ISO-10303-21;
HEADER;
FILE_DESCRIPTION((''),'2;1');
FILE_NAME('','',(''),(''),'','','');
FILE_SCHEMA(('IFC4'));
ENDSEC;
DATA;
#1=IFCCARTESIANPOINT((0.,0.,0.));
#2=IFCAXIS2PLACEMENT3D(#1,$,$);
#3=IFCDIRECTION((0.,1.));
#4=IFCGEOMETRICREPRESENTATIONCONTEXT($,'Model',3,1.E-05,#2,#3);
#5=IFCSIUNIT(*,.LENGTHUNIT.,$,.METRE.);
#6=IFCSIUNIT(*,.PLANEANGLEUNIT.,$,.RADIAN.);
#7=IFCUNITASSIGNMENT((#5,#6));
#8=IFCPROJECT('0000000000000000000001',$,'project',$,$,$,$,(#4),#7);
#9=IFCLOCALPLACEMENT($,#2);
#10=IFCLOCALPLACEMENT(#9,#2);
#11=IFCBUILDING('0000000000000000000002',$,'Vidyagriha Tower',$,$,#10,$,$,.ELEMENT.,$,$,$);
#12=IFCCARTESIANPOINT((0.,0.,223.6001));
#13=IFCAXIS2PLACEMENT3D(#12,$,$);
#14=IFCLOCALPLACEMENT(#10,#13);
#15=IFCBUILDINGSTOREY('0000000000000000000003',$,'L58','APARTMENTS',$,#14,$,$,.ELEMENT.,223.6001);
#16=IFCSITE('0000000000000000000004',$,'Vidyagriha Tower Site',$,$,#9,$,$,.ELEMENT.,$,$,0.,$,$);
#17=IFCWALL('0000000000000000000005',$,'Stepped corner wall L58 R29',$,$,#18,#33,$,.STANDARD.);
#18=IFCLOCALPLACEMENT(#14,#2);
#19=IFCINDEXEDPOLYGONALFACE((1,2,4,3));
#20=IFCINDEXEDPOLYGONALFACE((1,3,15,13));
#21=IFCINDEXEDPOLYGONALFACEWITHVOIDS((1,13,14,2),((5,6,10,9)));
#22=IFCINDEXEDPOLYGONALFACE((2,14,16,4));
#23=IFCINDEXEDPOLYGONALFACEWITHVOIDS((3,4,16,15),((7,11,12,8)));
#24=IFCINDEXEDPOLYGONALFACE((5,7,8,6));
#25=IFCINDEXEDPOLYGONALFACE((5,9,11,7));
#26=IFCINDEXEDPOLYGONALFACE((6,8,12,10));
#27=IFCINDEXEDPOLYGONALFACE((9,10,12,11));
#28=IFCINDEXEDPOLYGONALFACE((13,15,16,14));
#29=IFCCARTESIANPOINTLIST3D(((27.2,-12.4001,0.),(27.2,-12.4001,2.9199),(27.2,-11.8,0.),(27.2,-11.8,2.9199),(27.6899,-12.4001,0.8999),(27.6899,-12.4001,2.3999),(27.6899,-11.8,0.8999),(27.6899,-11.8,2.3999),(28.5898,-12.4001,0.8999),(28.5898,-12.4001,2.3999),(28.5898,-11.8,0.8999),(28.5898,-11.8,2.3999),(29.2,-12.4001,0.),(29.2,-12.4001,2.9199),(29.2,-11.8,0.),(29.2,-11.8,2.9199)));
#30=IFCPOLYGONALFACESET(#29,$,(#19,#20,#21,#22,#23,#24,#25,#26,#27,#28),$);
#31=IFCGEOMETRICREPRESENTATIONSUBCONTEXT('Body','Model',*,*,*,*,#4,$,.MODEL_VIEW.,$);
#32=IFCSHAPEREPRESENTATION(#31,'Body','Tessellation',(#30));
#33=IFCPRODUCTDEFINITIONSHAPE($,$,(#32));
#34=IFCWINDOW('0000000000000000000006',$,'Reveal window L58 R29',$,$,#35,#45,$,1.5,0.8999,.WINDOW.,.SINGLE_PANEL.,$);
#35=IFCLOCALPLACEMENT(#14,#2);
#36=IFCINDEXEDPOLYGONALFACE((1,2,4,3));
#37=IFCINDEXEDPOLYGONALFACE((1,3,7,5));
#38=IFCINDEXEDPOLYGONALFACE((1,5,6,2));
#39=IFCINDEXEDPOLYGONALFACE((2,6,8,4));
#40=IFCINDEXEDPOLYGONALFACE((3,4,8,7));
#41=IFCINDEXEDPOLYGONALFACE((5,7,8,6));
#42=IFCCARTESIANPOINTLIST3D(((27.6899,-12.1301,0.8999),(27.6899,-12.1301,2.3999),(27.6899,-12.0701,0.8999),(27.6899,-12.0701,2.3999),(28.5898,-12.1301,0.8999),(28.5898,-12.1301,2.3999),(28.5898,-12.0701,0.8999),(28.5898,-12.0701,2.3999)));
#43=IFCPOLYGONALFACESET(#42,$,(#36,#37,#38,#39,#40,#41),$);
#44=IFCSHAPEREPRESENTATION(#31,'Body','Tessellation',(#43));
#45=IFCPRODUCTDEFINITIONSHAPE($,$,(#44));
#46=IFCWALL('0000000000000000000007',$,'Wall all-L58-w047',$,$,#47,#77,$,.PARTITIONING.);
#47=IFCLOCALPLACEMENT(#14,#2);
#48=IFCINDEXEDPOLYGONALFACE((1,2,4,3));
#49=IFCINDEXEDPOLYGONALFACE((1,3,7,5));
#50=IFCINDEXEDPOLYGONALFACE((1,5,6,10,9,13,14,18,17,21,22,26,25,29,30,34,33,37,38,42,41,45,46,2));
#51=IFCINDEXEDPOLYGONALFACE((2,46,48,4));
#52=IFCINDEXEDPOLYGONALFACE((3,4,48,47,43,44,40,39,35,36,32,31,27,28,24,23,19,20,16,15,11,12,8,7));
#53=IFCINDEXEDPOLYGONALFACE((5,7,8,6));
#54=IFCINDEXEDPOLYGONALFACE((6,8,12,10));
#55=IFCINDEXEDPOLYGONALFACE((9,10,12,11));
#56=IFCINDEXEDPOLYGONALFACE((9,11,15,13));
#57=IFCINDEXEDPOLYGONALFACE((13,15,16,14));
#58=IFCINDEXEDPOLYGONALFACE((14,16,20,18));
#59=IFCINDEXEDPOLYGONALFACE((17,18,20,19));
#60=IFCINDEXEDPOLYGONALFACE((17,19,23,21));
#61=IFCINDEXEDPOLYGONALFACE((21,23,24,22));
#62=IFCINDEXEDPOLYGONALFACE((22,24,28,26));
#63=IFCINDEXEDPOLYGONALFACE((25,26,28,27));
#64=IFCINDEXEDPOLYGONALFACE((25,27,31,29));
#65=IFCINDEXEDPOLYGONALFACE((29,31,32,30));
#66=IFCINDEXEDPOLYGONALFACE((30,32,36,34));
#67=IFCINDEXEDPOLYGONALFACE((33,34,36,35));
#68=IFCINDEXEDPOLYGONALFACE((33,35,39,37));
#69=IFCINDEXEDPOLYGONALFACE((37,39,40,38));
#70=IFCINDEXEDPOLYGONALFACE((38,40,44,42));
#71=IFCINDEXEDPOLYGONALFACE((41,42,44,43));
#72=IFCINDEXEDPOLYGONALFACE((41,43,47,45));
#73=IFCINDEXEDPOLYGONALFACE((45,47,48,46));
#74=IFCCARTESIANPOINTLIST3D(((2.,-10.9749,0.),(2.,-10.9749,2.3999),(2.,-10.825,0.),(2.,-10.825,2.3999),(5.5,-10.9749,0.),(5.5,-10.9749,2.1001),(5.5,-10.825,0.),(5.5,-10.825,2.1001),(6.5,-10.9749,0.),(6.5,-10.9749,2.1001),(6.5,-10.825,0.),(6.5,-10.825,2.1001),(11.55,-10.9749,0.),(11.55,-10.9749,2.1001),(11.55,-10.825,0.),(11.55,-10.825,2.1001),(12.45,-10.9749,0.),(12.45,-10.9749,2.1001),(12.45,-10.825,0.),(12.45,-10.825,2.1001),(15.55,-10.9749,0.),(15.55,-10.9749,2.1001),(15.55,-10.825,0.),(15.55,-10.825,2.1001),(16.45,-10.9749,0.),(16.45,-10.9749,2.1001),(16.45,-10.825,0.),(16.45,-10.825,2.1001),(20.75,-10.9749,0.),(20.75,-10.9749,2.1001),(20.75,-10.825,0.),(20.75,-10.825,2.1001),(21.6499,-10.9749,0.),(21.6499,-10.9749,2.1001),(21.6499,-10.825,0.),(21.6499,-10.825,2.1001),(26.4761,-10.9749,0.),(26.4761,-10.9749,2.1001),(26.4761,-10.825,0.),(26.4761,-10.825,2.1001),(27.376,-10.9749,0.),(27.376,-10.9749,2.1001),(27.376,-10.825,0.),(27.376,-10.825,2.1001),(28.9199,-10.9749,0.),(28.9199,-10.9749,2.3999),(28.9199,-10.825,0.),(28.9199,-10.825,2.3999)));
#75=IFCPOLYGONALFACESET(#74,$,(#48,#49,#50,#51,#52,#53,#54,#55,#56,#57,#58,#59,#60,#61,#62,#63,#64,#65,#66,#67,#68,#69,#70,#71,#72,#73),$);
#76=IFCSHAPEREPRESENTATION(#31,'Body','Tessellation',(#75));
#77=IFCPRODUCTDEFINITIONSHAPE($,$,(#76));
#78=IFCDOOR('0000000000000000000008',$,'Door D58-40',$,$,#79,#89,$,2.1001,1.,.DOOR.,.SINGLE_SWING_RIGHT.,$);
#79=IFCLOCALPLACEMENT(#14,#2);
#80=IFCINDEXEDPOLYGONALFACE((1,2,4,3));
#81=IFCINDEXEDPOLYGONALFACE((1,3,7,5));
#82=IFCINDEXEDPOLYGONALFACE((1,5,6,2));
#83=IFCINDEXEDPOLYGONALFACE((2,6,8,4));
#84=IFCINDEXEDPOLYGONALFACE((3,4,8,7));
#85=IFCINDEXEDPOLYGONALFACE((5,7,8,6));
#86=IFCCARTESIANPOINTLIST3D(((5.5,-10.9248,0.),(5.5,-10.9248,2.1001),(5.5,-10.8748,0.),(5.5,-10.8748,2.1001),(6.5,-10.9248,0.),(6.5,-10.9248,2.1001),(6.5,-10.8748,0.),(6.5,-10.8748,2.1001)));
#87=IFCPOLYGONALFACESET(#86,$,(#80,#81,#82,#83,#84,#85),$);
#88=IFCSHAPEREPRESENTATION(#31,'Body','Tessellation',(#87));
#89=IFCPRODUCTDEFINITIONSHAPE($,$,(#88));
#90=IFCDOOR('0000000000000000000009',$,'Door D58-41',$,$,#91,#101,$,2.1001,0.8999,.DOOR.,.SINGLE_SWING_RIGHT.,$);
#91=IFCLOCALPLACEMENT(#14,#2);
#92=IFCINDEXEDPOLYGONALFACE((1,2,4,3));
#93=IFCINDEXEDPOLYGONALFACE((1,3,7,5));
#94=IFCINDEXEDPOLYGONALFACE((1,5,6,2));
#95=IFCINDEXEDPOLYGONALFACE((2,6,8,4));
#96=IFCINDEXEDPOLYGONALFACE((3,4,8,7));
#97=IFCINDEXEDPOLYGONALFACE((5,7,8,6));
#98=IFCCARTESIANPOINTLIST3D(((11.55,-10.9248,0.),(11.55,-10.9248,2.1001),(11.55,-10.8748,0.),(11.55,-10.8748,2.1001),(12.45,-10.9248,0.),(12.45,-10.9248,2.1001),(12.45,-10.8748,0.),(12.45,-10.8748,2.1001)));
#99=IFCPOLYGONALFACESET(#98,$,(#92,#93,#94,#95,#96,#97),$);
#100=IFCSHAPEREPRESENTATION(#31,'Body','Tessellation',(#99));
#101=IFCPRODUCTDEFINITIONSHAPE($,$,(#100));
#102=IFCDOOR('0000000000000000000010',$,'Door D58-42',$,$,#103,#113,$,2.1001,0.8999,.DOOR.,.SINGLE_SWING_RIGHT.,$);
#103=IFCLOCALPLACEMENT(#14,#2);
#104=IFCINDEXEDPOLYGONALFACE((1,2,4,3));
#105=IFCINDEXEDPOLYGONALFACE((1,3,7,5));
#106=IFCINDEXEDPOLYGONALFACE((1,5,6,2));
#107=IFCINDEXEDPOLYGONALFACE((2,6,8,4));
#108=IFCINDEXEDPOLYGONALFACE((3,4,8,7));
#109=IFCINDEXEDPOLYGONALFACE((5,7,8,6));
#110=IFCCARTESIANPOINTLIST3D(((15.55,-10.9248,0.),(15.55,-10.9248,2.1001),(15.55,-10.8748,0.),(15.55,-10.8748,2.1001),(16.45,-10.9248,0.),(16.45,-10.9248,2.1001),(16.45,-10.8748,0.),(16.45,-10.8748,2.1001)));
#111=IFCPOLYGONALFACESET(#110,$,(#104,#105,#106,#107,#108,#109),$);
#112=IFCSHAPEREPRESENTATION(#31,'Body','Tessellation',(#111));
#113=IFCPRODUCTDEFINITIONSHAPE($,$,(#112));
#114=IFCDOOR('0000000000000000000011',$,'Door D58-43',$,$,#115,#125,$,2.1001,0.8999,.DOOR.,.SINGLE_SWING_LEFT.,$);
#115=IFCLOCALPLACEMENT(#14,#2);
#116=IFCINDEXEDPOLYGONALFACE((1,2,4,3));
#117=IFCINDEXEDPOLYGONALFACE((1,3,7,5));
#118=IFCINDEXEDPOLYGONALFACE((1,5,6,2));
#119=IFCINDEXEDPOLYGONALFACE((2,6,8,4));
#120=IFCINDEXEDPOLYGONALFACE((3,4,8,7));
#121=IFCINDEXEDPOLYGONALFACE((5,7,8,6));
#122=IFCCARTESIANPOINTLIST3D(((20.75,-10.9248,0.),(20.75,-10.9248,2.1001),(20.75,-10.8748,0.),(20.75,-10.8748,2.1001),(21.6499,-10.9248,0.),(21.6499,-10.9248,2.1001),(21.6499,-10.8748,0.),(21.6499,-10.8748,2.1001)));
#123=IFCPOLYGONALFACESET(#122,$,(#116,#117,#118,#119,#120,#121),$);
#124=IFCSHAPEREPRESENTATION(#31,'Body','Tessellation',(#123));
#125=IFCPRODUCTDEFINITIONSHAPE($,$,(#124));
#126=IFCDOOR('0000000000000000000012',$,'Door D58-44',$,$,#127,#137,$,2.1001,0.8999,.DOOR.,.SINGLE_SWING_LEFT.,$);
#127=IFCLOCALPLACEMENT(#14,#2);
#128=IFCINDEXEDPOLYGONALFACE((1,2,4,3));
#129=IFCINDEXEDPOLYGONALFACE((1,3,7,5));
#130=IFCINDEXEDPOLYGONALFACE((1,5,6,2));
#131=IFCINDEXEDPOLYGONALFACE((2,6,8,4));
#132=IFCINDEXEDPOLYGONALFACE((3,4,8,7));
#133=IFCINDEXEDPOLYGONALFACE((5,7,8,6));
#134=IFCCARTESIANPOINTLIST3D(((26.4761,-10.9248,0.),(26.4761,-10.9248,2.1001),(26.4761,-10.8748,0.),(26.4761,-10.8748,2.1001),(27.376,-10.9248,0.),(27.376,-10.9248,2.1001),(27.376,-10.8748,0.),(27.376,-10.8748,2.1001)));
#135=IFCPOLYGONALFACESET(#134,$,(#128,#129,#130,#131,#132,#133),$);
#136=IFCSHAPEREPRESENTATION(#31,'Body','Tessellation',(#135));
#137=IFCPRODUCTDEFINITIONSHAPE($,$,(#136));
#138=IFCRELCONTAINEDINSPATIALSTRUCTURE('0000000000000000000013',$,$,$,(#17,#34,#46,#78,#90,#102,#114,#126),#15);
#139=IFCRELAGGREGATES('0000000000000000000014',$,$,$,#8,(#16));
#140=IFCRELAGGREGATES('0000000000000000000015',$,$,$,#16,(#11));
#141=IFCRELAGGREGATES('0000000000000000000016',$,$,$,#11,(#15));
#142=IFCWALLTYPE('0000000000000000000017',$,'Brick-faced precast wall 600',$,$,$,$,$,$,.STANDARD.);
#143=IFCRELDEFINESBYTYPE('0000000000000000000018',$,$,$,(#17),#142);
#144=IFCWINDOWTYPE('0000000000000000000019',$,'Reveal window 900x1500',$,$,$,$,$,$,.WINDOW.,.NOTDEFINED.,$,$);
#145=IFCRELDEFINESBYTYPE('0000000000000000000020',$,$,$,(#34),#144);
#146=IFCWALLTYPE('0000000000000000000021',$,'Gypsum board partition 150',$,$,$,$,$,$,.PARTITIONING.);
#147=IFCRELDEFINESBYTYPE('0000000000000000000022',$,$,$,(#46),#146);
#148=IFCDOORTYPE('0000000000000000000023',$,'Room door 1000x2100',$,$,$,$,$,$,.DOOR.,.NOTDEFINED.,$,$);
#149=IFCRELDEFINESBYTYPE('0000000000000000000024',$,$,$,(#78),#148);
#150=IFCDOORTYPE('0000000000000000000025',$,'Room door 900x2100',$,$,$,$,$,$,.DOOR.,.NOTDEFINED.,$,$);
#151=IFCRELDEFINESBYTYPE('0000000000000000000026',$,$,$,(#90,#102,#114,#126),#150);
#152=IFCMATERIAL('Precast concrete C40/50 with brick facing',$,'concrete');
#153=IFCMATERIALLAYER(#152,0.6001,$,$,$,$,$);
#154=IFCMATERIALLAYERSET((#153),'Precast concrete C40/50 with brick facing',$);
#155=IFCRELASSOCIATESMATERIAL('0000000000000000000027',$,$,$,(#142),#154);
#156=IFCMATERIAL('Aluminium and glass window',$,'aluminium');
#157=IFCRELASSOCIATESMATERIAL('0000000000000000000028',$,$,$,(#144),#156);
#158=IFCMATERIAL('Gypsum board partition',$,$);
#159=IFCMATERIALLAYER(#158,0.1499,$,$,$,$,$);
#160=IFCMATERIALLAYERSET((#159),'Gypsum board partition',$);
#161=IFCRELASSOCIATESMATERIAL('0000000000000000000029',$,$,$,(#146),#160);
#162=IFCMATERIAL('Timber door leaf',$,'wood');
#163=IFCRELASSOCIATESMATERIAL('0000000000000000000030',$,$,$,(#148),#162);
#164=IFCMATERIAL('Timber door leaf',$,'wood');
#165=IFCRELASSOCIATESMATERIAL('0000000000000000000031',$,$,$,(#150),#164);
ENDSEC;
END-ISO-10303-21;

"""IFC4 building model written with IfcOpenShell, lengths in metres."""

from ifc_helpers import new_model, si_unit, direction, frame, frame_2d, origin, place, context, subcontext, project, spatial, rectangle, extrude, material, layer, layer_set, type_object, element, fill, save


model = new_model("IFC4")

# Units and contexts
model_context = context("Model", 3, precision=1e-05, world=origin(), true_north=direction((0.0, 1.0)))
body_context = subcontext(model_context, "Body", "Model", "MODEL_VIEW")
ifc_project = project(units=[si_unit("LENGTHUNIT", "METRE"), si_unit("PLANEANGLEUNIT", "RADIAN")], contexts=[model_context])

# Site, building, storey
site_placement = place(None, origin())
site = spatial("IfcSite", under=ifc_project, at=site_placement, Name="Vidyagriha Tower Site", CompositionType="ELEMENT", RefElevation=0.0)
building_placement = place(site_placement, origin())
building = spatial("IfcBuilding", under=site, at=building_placement, Name="Vidyagriha Tower", CompositionType="ELEMENT")
storey_placement = place(building_placement, frame((0.0, 0.0, 223.6001)))
storey = spatial("IfcBuildingStorey", under=building, at=storey_placement, Name="L58", Description="APARTMENTS", CompositionType="ELEMENT", Elevation=223.6001)

# Shared definitions
ifc_material_1 = material(Name="Precast concrete C40/50 with brick facing", Category="concrete")
ifc_layer_1 = layer(ifc_material_1, 0.6001)
ifc_layer_set_1 = layer_set([ifc_layer_1], Name="Precast concrete C40/50 with brick facing")
wall_type_1 = type_object("IfcWallType", Name="Brick-faced precast wall 600", PredefinedType="STANDARD", material=ifc_layer_set_1)

# Shared definitions
ifc_material_2 = material(Name="Aluminium and glass window", Category="aluminium")
window_type = type_object("IfcWindowType", Name="Reveal window 900x1500", PartitioningType="NOTDEFINED", PredefinedType="WINDOW", material=ifc_material_2)

# Wall, opening, window
wall_1_placement = place(storey_placement, frame((27.2, -12.1001, 0.0)))
wall_1 = element("IfcWall", 1, at=wall_1_placement, inside=storey, type_object=wall_type_1, Name="Stepped corner wall L58 R29", PredefinedType="STANDARD", context=body_context, shape_type="SweptSolid", body=[
    extrude(rectangle(XDim=2.0, YDim=0.6001, at=frame_2d((1.0, 0.0))), origin(), (0.0, 0.0, 1.0), 2.9199),
])
opening_1_placement = place(wall_1_placement, frame((0.49, 0.0, 0.8999)))
opening_1 = element("IfcOpeningElement", 2, at=opening_1_placement, cuts=wall_1, PredefinedType="OPENING", context=body_context, shape_type="SweptSolid", body=[
    extrude(rectangle(XDim=0.8999, YDim=1.5, at=frame_2d((0.45, 0.75))), frame((0.0, 0.3101, 0.0), z_axis=(0.0, -1.0, 0.0), x_axis=(1.0, 0.0, 0.0)), (0.0, 0.0, 1.0), 0.6201),
])
window_1_placement = place(opening_1_placement, origin())
window_1 = element("IfcWindow", 3, at=window_1_placement, inside=storey, type_object=window_type, Name="Reveal window L58 R29", OverallHeight=1.5, OverallWidth=0.8999, PartitioningType="SINGLE_PANEL", PredefinedType="WINDOW", context=body_context, shape_type="SweptSolid", body=[
    extrude(rectangle(XDim=0.8999, YDim=1.5, at=frame_2d((0.45, 0.75))), frame((0.0, 0.03, 0.0), z_axis=(0.0, -1.0, 0.0), x_axis=(1.0, 0.0, 0.0)), (0.0, 0.0, 1.0), 0.0601),
])
fill(opening_1, window_1)

# Wall, openings, doors
ifc_material_3 = material(Name="Gypsum board partition")
ifc_layer_2 = layer(ifc_material_3, 0.1499)
ifc_layer_set_2 = layer_set([ifc_layer_2], Name="Gypsum board partition")
wall_type_2 = type_object("IfcWallType", Name="Gypsum board partition 150", PredefinedType="PARTITIONING", material=ifc_layer_set_2)
wall_2_placement = place(storey_placement, frame((28.9199, -10.8999, 0.0), z_axis=(0.0, 0.0, 1.0), x_axis=(-1.0, 0.0, 0.0)))
wall_2 = element("IfcWall", 4, at=wall_2_placement, inside=storey, type_object=wall_type_2, Name="Wall all-L58-w047", PredefinedType="PARTITIONING", context=body_context, shape_type="SweptSolid", body=[
    extrude(rectangle(XDim=26.9199, YDim=0.1499, at=frame_2d((13.46, 0.0))), origin(), (0.0, 0.0, 1.0), 2.3999),
])
opening_2_placement = place(wall_2_placement, frame((22.4199, 0.0, 0.0)))
opening_2 = element("IfcOpeningElement", 5, at=opening_2_placement, cuts=wall_2, PredefinedType="OPENING", context=body_context, shape_type="SweptSolid", body=[
    extrude(rectangle(XDim=1.0, YDim=2.1001, at=frame_2d((0.5, 1.05))), frame((0.0, 0.085, 0.0), z_axis=(0.0, -1.0, 0.0), x_axis=(1.0, 0.0, 0.0)), (0.0, 0.0, 1.0), 0.1699),
])
opening_3_placement = place(wall_2_placement, frame((16.47, 0.0, 0.0)))
opening_3 = element("IfcOpeningElement", 6, at=opening_3_placement, cuts=wall_2, PredefinedType="OPENING", context=body_context, shape_type="SweptSolid", body=[
    extrude(rectangle(XDim=0.8999, YDim=2.1001, at=frame_2d((0.45, 1.05))), frame((0.0, 0.085, 0.0), z_axis=(0.0, -1.0, 0.0), x_axis=(1.0, 0.0, 0.0)), (0.0, 0.0, 1.0), 0.1699),
])
opening_4_placement = place(wall_2_placement, frame((12.47, 0.0, 0.0)))
opening_4 = element("IfcOpeningElement", 7, at=opening_4_placement, cuts=wall_2, PredefinedType="OPENING", context=body_context, shape_type="SweptSolid", body=[
    extrude(rectangle(XDim=0.8999, YDim=2.1001, at=frame_2d((0.45, 1.05))), frame((0.0, 0.085, 0.0), z_axis=(0.0, -1.0, 0.0), x_axis=(1.0, 0.0, 0.0)), (0.0, 0.0, 1.0), 0.1699),
])
opening_5_placement = place(wall_2_placement, frame((7.27, 0.0, 0.0)))
opening_5 = element("IfcOpeningElement", 8, at=opening_5_placement, cuts=wall_2, PredefinedType="OPENING", context=body_context, shape_type="SweptSolid", body=[
    extrude(rectangle(XDim=0.8999, YDim=2.1001, at=frame_2d((0.45, 1.05))), frame((0.0, 0.085, 0.0), z_axis=(0.0, -1.0, 0.0), x_axis=(1.0, 0.0, 0.0)), (0.0, 0.0, 1.0), 0.1699),
])
opening_6_placement = place(wall_2_placement, frame((1.5439, 0.0, 0.0)))
opening_6 = element("IfcOpeningElement", 9, at=opening_6_placement, cuts=wall_2, PredefinedType="OPENING", context=body_context, shape_type="SweptSolid", body=[
    extrude(rectangle(XDim=0.8999, YDim=2.1001, at=frame_2d((0.45, 1.05))), frame((0.0, 0.085, 0.0), z_axis=(0.0, -1.0, 0.0), x_axis=(1.0, 0.0, 0.0)), (0.0, 0.0, 1.0), 0.1699),
])
ifc_material_4 = material(Name="Timber door leaf", Category="wood")
door_type_1 = type_object("IfcDoorType", Name="Room door 1000x2100", OperationType="NOTDEFINED", PredefinedType="DOOR", material=ifc_material_4)
door_1_placement = place(opening_2_placement, origin())
door_1 = element("IfcDoor", 10, at=door_1_placement, inside=storey, type_object=door_type_1, Name="Door D58-40", OperationType="SINGLE_SWING_RIGHT", OverallHeight=2.1001, OverallWidth=1.0, PredefinedType="DOOR", context=body_context, shape_type="SweptSolid", body=[
    extrude(rectangle(XDim=1.0, YDim=2.1001, at=frame_2d((0.5, 1.05))), frame((0.0, 0.0249, 0.0), z_axis=(0.0, -1.0, 0.0), x_axis=(1.0, 0.0, 0.0)), (0.0, 0.0, 1.0), 0.05),
])
fill(opening_2, door_1)
ifc_material_5 = material(Name="Timber door leaf", Category="wood")
door_type_2 = type_object("IfcDoorType", Name="Room door 900x2100", OperationType="NOTDEFINED", PredefinedType="DOOR", material=ifc_material_5)
door_2_placement = place(opening_3_placement, origin())
door_2 = element("IfcDoor", 11, at=door_2_placement, inside=storey, type_object=door_type_2, Name="Door D58-41", OperationType="SINGLE_SWING_RIGHT", OverallHeight=2.1001, OverallWidth=0.8999, PredefinedType="DOOR", context=body_context, shape_type="SweptSolid", body=[
    extrude(rectangle(XDim=0.8999, YDim=2.1001, at=frame_2d((0.45, 1.05))), frame((0.0, 0.0249, 0.0), z_axis=(0.0, -1.0, 0.0), x_axis=(1.0, 0.0, 0.0)), (0.0, 0.0, 1.0), 0.05),
])
fill(opening_3, door_2)
door_3_placement = place(opening_4_placement, origin())
door_3 = element("IfcDoor", 12, at=door_3_placement, inside=storey, type_object=door_type_2, Name="Door D58-42", OperationType="SINGLE_SWING_RIGHT", OverallHeight=2.1001, OverallWidth=0.8999, PredefinedType="DOOR", context=body_context, shape_type="SweptSolid", body=[
    extrude(rectangle(XDim=0.8999, YDim=2.1001, at=frame_2d((0.45, 1.05))), frame((0.0, 0.0249, 0.0), z_axis=(0.0, -1.0, 0.0), x_axis=(1.0, 0.0, 0.0)), (0.0, 0.0, 1.0), 0.05),
])
fill(opening_4, door_3)
door_4_placement = place(opening_5_placement, origin())
door_4 = element("IfcDoor", 13, at=door_4_placement, inside=storey, type_object=door_type_2, Name="Door D58-43", OperationType="SINGLE_SWING_LEFT", OverallHeight=2.1001, OverallWidth=0.8999, PredefinedType="DOOR", context=body_context, shape_type="SweptSolid", body=[
    extrude(rectangle(XDim=0.8999, YDim=2.1001, at=frame_2d((0.45, 1.05))), frame((0.0, 0.0249, 0.0), z_axis=(0.0, -1.0, 0.0), x_axis=(1.0, 0.0, 0.0)), (0.0, 0.0, 1.0), 0.05),
])
fill(opening_5, door_4)
door_5_placement = place(opening_6_placement, origin())
door_5 = element("IfcDoor", 14, at=door_5_placement, inside=storey, type_object=door_type_2, Name="Door D58-44", OperationType="SINGLE_SWING_LEFT", OverallHeight=2.1001, OverallWidth=0.8999, PredefinedType="DOOR", context=body_context, shape_type="SweptSolid", body=[
    extrude(rectangle(XDim=0.8999, YDim=2.1001, at=frame_2d((0.45, 1.05))), frame((0.0, 0.0249, 0.0), z_axis=(0.0, -1.0, 0.0), x_axis=(1.0, 0.0, 0.0)), (0.0, 0.0, 1.0), 0.05),
])
fill(opening_6, door_5)

save(model, "model.ifc")
